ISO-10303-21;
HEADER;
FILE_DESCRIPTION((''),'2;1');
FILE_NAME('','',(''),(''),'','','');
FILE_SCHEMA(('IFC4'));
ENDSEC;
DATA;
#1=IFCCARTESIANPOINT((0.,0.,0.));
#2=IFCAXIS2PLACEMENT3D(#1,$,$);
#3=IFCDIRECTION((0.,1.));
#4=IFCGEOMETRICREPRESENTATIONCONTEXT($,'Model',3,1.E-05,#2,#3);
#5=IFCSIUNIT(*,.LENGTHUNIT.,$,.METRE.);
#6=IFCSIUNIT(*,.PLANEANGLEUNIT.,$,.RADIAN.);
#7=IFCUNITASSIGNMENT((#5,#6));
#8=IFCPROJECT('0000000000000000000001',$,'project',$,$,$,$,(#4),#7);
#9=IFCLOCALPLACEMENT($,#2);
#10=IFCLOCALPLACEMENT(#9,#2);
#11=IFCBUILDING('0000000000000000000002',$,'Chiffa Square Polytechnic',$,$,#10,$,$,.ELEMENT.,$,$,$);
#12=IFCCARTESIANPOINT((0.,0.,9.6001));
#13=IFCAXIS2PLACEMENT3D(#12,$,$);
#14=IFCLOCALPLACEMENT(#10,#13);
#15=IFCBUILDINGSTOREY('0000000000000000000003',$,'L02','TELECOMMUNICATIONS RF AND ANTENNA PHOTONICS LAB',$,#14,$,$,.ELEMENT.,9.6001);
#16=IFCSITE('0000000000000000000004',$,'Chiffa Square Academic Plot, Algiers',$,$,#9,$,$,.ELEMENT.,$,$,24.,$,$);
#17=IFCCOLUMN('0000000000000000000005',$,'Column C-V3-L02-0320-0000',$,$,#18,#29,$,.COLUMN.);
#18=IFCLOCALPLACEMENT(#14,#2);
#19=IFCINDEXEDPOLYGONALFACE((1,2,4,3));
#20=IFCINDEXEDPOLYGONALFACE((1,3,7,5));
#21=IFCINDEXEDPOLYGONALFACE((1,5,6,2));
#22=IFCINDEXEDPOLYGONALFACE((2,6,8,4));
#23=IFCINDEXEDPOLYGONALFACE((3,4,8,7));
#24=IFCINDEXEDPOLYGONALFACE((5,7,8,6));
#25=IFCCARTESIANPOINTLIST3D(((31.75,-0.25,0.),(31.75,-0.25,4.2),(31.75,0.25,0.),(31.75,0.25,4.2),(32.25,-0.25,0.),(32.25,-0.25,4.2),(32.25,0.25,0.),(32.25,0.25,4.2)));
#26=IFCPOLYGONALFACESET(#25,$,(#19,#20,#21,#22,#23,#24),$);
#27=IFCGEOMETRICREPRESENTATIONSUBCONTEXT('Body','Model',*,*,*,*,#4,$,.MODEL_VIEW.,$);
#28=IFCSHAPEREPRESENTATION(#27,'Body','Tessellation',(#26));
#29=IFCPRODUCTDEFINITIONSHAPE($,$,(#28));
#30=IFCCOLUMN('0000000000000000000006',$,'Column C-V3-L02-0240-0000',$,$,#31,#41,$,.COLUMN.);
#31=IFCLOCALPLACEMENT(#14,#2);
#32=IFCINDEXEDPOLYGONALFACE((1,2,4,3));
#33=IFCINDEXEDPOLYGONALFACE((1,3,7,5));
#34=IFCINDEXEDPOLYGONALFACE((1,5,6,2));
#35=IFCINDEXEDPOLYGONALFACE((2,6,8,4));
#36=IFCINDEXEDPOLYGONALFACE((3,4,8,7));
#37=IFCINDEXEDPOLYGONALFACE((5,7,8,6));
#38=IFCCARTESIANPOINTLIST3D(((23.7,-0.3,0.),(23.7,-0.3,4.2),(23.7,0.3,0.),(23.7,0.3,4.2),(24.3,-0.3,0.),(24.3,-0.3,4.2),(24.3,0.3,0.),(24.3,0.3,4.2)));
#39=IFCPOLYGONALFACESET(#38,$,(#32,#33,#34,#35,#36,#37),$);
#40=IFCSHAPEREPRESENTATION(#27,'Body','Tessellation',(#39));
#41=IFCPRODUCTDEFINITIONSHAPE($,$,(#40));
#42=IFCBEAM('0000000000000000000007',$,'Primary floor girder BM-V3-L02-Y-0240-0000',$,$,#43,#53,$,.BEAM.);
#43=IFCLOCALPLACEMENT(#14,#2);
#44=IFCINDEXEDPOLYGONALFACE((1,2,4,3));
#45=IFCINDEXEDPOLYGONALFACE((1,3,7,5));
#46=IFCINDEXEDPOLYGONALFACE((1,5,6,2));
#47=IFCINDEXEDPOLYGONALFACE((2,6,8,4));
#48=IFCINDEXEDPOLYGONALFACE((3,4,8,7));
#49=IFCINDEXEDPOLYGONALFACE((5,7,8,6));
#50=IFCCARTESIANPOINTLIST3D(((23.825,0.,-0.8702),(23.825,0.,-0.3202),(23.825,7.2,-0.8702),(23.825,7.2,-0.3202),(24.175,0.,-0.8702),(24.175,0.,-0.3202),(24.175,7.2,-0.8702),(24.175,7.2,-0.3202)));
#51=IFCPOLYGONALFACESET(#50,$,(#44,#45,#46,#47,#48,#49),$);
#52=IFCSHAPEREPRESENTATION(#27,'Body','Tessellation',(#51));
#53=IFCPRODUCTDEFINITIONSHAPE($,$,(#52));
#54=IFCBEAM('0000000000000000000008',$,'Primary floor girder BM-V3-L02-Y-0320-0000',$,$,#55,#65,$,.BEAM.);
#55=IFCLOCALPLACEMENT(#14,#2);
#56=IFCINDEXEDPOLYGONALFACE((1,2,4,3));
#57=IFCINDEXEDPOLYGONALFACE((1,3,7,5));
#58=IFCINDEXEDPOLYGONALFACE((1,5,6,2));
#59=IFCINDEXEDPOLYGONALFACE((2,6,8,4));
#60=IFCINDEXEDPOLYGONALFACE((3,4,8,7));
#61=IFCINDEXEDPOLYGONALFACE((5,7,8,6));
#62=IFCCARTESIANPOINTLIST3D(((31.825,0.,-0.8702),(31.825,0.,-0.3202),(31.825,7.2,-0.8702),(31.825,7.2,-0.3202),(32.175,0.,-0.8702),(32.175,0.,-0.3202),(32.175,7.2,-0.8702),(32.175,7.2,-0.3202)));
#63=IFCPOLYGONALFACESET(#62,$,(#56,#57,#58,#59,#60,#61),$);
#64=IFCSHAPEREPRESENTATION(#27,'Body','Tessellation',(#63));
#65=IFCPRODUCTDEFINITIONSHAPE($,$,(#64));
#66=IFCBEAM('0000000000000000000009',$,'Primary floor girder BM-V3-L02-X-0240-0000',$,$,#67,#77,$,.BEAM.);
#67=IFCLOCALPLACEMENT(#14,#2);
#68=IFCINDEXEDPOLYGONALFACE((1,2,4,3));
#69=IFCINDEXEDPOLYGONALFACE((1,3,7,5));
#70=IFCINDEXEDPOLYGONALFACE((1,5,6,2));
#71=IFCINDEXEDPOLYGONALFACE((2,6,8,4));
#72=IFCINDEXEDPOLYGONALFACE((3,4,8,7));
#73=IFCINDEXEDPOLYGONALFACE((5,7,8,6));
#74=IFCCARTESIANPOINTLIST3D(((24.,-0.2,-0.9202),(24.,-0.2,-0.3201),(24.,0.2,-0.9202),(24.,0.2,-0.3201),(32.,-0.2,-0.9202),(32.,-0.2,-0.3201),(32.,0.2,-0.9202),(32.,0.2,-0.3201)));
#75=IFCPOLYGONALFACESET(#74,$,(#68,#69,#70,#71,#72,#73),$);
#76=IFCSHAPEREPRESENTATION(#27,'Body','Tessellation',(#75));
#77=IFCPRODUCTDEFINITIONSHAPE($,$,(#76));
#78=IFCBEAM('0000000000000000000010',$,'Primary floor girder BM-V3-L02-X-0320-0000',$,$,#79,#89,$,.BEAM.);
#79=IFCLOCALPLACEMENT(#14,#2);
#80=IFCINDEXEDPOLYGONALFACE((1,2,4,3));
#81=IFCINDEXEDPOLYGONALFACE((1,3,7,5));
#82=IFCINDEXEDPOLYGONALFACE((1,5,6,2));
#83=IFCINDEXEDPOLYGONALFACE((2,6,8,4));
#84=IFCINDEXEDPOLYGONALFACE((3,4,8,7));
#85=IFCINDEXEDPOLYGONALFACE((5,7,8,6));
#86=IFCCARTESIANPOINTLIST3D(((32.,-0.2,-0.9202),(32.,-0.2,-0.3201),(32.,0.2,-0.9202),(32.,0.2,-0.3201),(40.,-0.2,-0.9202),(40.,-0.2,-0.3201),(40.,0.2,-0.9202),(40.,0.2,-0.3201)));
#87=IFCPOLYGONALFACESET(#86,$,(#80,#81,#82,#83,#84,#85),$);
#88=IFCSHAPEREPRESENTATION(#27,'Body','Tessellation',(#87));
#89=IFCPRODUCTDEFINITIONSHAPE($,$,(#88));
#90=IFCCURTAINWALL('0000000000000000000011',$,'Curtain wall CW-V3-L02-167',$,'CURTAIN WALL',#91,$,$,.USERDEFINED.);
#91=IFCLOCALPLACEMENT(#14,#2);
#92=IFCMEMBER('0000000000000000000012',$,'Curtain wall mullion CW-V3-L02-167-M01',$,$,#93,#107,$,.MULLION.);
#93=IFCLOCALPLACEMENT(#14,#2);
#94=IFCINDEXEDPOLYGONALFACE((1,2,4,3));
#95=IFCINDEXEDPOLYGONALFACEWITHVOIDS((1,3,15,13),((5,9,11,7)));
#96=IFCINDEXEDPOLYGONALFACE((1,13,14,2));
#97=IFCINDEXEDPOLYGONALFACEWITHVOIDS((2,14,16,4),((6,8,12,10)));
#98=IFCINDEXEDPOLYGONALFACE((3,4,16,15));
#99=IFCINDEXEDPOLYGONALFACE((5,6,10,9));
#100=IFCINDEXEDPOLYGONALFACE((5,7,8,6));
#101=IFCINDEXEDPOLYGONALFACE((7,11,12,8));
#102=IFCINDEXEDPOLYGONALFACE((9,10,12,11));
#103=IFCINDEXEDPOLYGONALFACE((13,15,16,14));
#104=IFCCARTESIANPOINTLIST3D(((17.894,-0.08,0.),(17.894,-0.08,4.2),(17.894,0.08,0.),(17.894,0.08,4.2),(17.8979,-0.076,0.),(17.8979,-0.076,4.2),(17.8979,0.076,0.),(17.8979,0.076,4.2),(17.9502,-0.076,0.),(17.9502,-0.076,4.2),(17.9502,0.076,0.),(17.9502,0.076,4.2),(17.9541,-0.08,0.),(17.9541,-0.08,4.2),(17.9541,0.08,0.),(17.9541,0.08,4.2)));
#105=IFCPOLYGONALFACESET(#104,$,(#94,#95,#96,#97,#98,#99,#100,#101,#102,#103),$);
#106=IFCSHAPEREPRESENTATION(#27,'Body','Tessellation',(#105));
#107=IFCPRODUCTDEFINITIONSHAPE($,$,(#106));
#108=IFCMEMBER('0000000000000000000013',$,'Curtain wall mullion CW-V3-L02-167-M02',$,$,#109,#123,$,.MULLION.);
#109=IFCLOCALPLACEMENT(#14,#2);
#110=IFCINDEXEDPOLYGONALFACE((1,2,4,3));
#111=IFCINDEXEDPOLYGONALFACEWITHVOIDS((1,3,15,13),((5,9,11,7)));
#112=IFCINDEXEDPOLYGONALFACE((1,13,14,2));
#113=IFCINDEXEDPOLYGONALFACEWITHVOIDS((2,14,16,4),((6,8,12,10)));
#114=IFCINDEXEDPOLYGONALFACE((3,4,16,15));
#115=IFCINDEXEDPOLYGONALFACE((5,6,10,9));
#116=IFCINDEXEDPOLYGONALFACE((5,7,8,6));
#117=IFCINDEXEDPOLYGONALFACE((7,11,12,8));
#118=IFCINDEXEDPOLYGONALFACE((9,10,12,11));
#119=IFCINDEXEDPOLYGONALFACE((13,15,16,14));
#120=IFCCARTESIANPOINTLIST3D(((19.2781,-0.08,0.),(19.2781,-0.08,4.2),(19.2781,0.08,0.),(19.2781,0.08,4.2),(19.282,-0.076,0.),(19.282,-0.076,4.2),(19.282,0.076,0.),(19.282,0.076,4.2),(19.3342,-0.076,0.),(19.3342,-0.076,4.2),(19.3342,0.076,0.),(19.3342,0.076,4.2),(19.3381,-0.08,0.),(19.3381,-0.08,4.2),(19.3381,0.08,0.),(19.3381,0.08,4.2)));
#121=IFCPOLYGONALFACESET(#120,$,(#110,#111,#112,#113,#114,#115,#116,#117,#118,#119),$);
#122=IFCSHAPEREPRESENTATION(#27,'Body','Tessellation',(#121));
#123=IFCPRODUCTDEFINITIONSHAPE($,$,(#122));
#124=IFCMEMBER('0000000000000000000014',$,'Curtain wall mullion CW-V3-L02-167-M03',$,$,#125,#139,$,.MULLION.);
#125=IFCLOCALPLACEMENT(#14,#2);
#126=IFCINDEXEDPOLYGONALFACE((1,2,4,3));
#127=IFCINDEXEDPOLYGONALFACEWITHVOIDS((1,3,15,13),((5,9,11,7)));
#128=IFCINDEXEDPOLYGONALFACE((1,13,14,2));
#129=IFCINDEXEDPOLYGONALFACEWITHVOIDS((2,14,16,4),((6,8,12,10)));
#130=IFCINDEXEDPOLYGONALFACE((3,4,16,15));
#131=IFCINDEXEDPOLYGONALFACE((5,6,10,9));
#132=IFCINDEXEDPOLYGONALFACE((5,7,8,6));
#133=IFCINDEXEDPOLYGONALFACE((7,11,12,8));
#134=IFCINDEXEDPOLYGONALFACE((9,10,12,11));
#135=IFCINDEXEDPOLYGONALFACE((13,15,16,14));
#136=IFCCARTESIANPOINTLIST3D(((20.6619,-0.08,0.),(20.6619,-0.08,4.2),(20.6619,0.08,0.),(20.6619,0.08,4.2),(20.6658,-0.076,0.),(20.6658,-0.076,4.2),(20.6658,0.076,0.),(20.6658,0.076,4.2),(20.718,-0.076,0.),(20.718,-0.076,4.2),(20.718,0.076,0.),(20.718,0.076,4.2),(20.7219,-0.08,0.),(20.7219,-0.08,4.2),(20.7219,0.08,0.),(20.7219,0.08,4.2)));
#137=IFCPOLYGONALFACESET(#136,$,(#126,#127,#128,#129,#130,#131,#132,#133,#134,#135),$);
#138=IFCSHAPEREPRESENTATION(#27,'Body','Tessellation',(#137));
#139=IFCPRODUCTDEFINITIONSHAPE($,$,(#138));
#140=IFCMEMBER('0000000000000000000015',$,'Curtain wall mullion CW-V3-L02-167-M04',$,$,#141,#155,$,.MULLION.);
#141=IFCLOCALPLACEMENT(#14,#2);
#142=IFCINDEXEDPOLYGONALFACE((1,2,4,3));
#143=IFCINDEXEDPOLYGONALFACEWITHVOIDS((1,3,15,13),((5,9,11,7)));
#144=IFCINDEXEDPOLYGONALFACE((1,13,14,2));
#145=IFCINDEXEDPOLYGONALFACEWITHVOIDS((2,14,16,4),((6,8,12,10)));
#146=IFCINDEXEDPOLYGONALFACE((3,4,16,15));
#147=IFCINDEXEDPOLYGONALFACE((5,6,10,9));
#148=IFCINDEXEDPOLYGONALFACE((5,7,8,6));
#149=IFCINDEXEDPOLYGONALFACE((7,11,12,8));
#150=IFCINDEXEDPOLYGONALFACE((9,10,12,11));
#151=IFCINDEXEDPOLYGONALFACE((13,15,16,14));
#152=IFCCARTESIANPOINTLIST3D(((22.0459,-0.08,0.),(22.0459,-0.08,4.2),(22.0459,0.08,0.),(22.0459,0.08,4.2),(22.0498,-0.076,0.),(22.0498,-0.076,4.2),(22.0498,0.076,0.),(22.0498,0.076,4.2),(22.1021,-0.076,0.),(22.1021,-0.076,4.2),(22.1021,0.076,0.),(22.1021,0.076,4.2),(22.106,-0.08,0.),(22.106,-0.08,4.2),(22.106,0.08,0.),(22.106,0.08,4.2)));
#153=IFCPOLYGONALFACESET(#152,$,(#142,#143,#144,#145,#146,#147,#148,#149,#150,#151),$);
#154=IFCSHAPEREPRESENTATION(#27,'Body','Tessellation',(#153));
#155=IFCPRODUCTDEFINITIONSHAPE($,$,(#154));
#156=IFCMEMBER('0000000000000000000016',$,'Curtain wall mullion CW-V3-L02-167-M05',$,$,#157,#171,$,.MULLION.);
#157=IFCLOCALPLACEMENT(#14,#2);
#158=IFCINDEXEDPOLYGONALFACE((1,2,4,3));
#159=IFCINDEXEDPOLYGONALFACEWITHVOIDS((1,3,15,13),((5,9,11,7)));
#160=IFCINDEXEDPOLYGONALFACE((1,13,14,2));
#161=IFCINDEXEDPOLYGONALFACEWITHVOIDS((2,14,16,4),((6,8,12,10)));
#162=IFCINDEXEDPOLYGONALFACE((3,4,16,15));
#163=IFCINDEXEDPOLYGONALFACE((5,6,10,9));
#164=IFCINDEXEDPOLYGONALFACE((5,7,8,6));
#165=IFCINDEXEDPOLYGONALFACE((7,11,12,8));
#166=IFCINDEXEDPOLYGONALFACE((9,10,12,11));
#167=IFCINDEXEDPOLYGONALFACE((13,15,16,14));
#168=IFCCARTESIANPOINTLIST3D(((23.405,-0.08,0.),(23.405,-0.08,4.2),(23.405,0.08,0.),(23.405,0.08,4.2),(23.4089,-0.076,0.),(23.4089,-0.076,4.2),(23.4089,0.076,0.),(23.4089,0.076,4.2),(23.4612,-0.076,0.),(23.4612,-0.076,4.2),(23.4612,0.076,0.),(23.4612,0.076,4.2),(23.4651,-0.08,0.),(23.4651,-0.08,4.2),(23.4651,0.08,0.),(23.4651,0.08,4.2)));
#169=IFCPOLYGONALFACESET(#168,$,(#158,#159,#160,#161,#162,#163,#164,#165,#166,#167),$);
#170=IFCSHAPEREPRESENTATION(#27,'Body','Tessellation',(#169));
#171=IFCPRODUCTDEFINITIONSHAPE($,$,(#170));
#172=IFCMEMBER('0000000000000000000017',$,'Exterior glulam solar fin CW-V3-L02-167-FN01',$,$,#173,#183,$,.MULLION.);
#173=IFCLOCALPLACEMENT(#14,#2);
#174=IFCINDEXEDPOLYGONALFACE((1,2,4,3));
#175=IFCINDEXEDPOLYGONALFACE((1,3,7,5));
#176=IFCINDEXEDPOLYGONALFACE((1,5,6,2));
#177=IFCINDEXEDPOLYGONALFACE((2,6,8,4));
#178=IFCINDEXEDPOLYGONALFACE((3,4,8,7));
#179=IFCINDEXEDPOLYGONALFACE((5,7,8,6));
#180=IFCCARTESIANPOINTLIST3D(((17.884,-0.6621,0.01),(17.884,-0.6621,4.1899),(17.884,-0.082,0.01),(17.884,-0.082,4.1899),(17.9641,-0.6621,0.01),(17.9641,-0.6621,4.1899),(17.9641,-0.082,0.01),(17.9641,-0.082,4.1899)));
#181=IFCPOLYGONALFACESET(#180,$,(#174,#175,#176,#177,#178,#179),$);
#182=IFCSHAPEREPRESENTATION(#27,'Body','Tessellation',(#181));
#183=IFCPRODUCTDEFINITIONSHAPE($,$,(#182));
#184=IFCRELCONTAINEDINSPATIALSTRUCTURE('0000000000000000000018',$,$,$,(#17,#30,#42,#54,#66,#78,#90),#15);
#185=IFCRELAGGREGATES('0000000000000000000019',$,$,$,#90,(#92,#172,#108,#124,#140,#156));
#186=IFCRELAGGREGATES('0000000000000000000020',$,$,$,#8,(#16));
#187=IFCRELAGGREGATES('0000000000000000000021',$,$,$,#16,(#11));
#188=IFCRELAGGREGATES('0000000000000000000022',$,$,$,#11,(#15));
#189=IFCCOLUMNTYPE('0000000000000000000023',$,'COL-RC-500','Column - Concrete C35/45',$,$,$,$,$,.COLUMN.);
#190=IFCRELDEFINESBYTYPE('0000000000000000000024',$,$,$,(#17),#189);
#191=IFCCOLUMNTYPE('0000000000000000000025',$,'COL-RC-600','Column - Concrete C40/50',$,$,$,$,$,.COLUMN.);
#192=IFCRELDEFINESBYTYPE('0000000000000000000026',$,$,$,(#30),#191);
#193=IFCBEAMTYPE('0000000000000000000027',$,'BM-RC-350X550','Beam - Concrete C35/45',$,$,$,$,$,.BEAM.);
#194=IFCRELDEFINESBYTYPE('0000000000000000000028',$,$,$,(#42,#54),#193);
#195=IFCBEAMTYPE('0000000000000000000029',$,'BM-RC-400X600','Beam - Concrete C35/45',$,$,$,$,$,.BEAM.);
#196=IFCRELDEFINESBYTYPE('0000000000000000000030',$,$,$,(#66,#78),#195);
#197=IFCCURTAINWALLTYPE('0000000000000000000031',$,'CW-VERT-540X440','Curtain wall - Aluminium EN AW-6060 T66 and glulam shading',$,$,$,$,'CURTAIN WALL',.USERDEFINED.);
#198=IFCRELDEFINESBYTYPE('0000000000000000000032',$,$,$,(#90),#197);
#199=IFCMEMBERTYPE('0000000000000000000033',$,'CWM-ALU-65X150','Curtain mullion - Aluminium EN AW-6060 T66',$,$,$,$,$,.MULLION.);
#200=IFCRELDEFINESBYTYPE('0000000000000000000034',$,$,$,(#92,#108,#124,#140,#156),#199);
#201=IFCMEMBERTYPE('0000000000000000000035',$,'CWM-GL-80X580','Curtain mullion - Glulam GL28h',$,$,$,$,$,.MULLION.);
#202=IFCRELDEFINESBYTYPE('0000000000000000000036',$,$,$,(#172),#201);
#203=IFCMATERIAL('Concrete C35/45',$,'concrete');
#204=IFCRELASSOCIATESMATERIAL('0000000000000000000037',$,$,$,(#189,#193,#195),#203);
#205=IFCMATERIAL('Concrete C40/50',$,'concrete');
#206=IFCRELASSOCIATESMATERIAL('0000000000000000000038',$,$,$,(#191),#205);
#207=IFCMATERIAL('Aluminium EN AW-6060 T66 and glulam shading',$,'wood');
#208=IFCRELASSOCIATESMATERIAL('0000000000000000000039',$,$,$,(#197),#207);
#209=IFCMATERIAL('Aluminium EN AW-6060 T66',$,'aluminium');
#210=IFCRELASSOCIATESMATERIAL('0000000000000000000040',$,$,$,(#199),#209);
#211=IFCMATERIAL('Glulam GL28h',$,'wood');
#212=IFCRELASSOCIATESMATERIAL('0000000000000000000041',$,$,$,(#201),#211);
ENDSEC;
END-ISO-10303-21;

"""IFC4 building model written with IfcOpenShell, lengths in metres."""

from ifc_helpers import new_model, si_unit, direction, frame, origin, origin_2d, place, context, subcontext, project, spatial, rectangle, hollow_rectangle, extrude, material, material_profile, profile_set, type_object, element, aggregate, save


model = new_model("IFC4")

# Units and contexts
model_context = context("Model", 3, precision=1e-05, world=origin(), true_north=direction((0.0, 1.0)))
body_context = subcontext(model_context, "Body", "Model", "MODEL_VIEW")
ifc_project = project(units=[si_unit("LENGTHUNIT", "METRE"), si_unit("PLANEANGLEUNIT", "RADIAN")], contexts=[model_context])

# Site, building, storey
site_placement = place(None, origin())
site = spatial("IfcSite", under=ifc_project, at=site_placement, Name="Chiffa Square Academic Plot, Algiers", CompositionType="ELEMENT", RefElevation=24.0)
building_placement = place(site_placement, origin())
building = spatial("IfcBuilding", under=site, at=building_placement, Name="Chiffa Square Polytechnic", CompositionType="ELEMENT")
storey_placement = place(building_placement, frame((0.0, 0.0, 9.6001)))
storey = spatial("IfcBuildingStorey", under=building, at=storey_placement, Name="L02", Description="TELECOMMUNICATIONS RF AND ANTENNA PHOTONICS LAB", CompositionType="ELEMENT", Elevation=9.6001)

# Columns
ifc_material_1 = material(Name="Concrete C35/45", Category="concrete")
ifc_material_profile_1 = material_profile(ifc_material_1, rectangle(XDim=0.5, YDim=0.5, at=origin_2d()), Name="RC 500x500")
ifc_profile_set_1 = profile_set([ifc_material_profile_1], Name="Concrete C35/45")
column_type_1 = type_object("IfcColumnType", Name="COL-RC-500", Description="Column - Concrete C35/45", PredefinedType="COLUMN", material=ifc_profile_set_1)
column_1_placement = place(storey_placement, frame((32.0, 0.0, 0.0), z_axis=(0.0, 0.0, 1.0), x_axis=(1.0, 0.0, 0.0)))
element("IfcColumn", 1, at=column_1_placement, inside=storey, type_object=column_type_1, Name="Column C-V3-L02-0320-0000", PredefinedType="COLUMN", context=body_context, shape_type="SweptSolid", body=[
    extrude(rectangle(XDim=0.5, YDim=0.5, at=origin_2d()), origin(), (0.0, 0.0, 1.0), 4.2),
])
ifc_material_2 = material(Name="Concrete C40/50", Category="concrete")
ifc_material_profile_2 = material_profile(ifc_material_2, rectangle(XDim=0.6001, YDim=0.6001, at=origin_2d()), Name="RC 600x600")
ifc_profile_set_2 = profile_set([ifc_material_profile_2], Name="Concrete C40/50")
column_type_2 = type_object("IfcColumnType", Name="COL-RC-600", Description="Column - Concrete C40/50", PredefinedType="COLUMN", material=ifc_profile_set_2)
column_2_placement = place(storey_placement, frame((24.0, 0.0, 0.0), z_axis=(0.0, 0.0, 1.0), x_axis=(1.0, 0.0, 0.0)))
element("IfcColumn", 2, at=column_2_placement, inside=storey, type_object=column_type_2, Name="Column C-V3-L02-0240-0000", PredefinedType="COLUMN", context=body_context, shape_type="SweptSolid", body=[
    extrude(rectangle(XDim=0.6001, YDim=0.6001, at=origin_2d()), origin(), (0.0, 0.0, 1.0), 4.2),
])

# Beams
ifc_material_profile_3 = material_profile(ifc_material_1, rectangle(XDim=0.3501, YDim=0.55, at=origin_2d()), Name="RC 350x550")
ifc_profile_set_3 = profile_set([ifc_material_profile_3], Name="Concrete C35/45")
beam_type_1 = type_object("IfcBeamType", Name="BM-RC-350X550", Description="Beam - Concrete C35/45", PredefinedType="BEAM", material=ifc_profile_set_3)
for number, where, z_axis, x_axis, name in (
    (3, (24.0, 0.0, -0.5952), (0.0, 1.0, 0.0), (-1.0, 0.0, 0.0), "Primary floor girder BM-V3-L02-Y-0240-0000"),
    (4, (32.0, 0.0, -0.5952), (0.0, 1.0, 0.0), (-1.0, 0.0, 0.0), "Primary floor girder BM-V3-L02-Y-0320-0000"),
):
    element("IfcBeam", number, at=place(storey_placement, frame(where, z_axis=z_axis, x_axis=x_axis)), inside=storey, type_object=beam_type_1, Name=name, PredefinedType="BEAM", context=body_context, shape_type="SweptSolid", body=[
        extrude(rectangle(XDim=0.3501, YDim=0.55, at=origin_2d()), origin(), (0.0, 0.0, 1.0), 7.2),
    ])
ifc_material_profile_4 = material_profile(ifc_material_1, rectangle(XDim=0.3999, YDim=0.6001, at=origin_2d()), Name="RC 400x600")
ifc_profile_set_4 = profile_set([ifc_material_profile_4], Name="Concrete C35/45")
beam_type_2 = type_object("IfcBeamType", Name="BM-RC-400X600", Description="Beam - Concrete C35/45", PredefinedType="BEAM", material=ifc_profile_set_4)
for number, where, z_axis, x_axis, name in (
    (5, (24.0, 0.0, -0.6201), (1.0, 0.0, 0.0), (0.0, 1.0, 0.0), "Primary floor girder BM-V3-L02-X-0240-0000"),
    (6, (32.0, 0.0, -0.6201), (1.0, 0.0, 0.0), (0.0, 1.0, 0.0), "Primary floor girder BM-V3-L02-X-0320-0000"),
):
    element("IfcBeam", number, at=place(storey_placement, frame(where, z_axis=z_axis, x_axis=x_axis)), inside=storey, type_object=beam_type_2, Name=name, PredefinedType="BEAM", context=body_context, shape_type="SweptSolid", body=[
        extrude(rectangle(XDim=0.3999, YDim=0.6001, at=origin_2d()), origin(), (0.0, 0.0, 1.0), 8.0),
    ])

# Curtain wall, members
ifc_material_3 = material(Name="Aluminium EN AW-6060 T66 and glulam shading", Category="wood")
curtain_wall_type = type_object("IfcCurtainWallType", Name="CW-VERT-540X440", Description="Curtain wall - Aluminium EN AW-6060 T66 and glulam shading", ElementType="CURTAIN WALL", PredefinedType="USERDEFINED", material=ifc_material_3)
curtain_wall_placement = place(storey_placement, origin())
curtain_wall = element("IfcCurtainWall", 7, at=curtain_wall_placement, inside=storey, type_object=curtain_wall_type, Name="Curtain wall CW-V3-L02-167", ObjectType="CURTAIN WALL", PredefinedType="USERDEFINED")
ifc_material_4 = material(Name="Aluminium EN AW-6060 T66", Category="aluminium")
ifc_material_profile_5 = material_profile(ifc_material_4, hollow_rectangle(XDim=0.0601, YDim=0.1599, WallThickness=0.0039, at=origin_2d()), Name="ALU 60x160x4")
ifc_profile_set_5 = profile_set([ifc_material_profile_5], Name="Aluminium EN AW-6060 T66")
member_type_1 = type_object("IfcMemberType", Name="CWM-ALU-65X150", Description="Curtain mullion - Aluminium EN AW-6060 T66", PredefinedType="MULLION", material=ifc_profile_set_5)
member_1_placement = place(storey_placement, frame((17.9241, 0.0, 0.0), z_axis=(0.0, 0.0, 1.0), x_axis=(1.0, 0.0, 0.0)))
member_1 = element("IfcMember", 8, at=member_1_placement, type_object=member_type_1, Name="Curtain wall mullion CW-V3-L02-167-M01", PredefinedType="MULLION", context=body_context, shape_type="SweptSolid", body=[
    extrude(hollow_rectangle(XDim=0.0601, YDim=0.1599, WallThickness=0.0039, at=origin_2d()), origin(), (0.0, 0.0, 1.0), 4.2),
])
member_2_placement = place(storey_placement, frame((19.3081, 0.0, 0.0), z_axis=(0.0, 0.0, 1.0), x_axis=(1.0, 0.0, 0.0)))
member_2 = element("IfcMember", 9, at=member_2_placement, type_object=member_type_1, Name="Curtain wall mullion CW-V3-L02-167-M02", PredefinedType="MULLION", context=body_context, shape_type="SweptSolid", body=[
    extrude(hollow_rectangle(XDim=0.0601, YDim=0.1599, WallThickness=0.0039, at=origin_2d()), origin(), (0.0, 0.0, 1.0), 4.2),
])
member_3_placement = place(storey_placement, frame((20.6919, 0.0, 0.0), z_axis=(0.0, 0.0, 1.0), x_axis=(1.0, 0.0, 0.0)))
member_3 = element("IfcMember", 10, at=member_3_placement, type_object=member_type_1, Name="Curtain wall mullion CW-V3-L02-167-M03", PredefinedType="MULLION", context=body_context, shape_type="SweptSolid", body=[
    extrude(hollow_rectangle(XDim=0.0601, YDim=0.1599, WallThickness=0.0039, at=origin_2d()), origin(), (0.0, 0.0, 1.0), 4.2),
])
member_4_placement = place(storey_placement, frame((22.0759, 0.0, 0.0), z_axis=(0.0, 0.0, 1.0), x_axis=(1.0, 0.0, 0.0)))
member_4 = element("IfcMember", 11, at=member_4_placement, type_object=member_type_1, Name="Curtain wall mullion CW-V3-L02-167-M04", PredefinedType="MULLION", context=body_context, shape_type="SweptSolid", body=[
    extrude(hollow_rectangle(XDim=0.0601, YDim=0.1599, WallThickness=0.0039, at=origin_2d()), origin(), (0.0, 0.0, 1.0), 4.2),
])
member_5_placement = place(storey_placement, frame((23.4351, 0.0, 0.0), z_axis=(0.0, 0.0, 1.0), x_axis=(1.0, 0.0, 0.0)))
member_5 = element("IfcMember", 12, at=member_5_placement, type_object=member_type_1, Name="Curtain wall mullion CW-V3-L02-167-M05", PredefinedType="MULLION", context=body_context, shape_type="SweptSolid", body=[
    extrude(hollow_rectangle(XDim=0.0601, YDim=0.1599, WallThickness=0.0039, at=origin_2d()), origin(), (0.0, 0.0, 1.0), 4.2),
])
ifc_material_5 = material(Name="Glulam GL28h", Category="wood")
ifc_material_profile_6 = material_profile(ifc_material_5, rectangle(XDim=0.0801, YDim=0.5801, at=origin_2d()), Name="GL28h 80x580")
ifc_profile_set_6 = profile_set([ifc_material_profile_6], Name="Glulam GL28h")
member_type_2 = type_object("IfcMemberType", Name="CWM-GL-80X580", Description="Curtain mullion - Glulam GL28h", PredefinedType="MULLION", material=ifc_profile_set_6)
member_6_placement = place(storey_placement, frame((17.9241, -0.3721, 0.01), z_axis=(0.0, 0.0, 1.0), x_axis=(1.0, 0.0, 0.0)))
member_6 = element("IfcMember", 13, at=member_6_placement, type_object=member_type_2, Name="Exterior glulam solar fin CW-V3-L02-167-FN01", PredefinedType="MULLION", context=body_context, shape_type="SweptSolid", body=[
    extrude(rectangle(XDim=0.0801, YDim=0.5801, at=origin_2d()), origin(), (0.0, 0.0, 1.0), 4.1799),
])
aggregate(curtain_wall, [member_1, member_6, member_2, member_3, member_4, member_5])

save(model, "model.ifc")
